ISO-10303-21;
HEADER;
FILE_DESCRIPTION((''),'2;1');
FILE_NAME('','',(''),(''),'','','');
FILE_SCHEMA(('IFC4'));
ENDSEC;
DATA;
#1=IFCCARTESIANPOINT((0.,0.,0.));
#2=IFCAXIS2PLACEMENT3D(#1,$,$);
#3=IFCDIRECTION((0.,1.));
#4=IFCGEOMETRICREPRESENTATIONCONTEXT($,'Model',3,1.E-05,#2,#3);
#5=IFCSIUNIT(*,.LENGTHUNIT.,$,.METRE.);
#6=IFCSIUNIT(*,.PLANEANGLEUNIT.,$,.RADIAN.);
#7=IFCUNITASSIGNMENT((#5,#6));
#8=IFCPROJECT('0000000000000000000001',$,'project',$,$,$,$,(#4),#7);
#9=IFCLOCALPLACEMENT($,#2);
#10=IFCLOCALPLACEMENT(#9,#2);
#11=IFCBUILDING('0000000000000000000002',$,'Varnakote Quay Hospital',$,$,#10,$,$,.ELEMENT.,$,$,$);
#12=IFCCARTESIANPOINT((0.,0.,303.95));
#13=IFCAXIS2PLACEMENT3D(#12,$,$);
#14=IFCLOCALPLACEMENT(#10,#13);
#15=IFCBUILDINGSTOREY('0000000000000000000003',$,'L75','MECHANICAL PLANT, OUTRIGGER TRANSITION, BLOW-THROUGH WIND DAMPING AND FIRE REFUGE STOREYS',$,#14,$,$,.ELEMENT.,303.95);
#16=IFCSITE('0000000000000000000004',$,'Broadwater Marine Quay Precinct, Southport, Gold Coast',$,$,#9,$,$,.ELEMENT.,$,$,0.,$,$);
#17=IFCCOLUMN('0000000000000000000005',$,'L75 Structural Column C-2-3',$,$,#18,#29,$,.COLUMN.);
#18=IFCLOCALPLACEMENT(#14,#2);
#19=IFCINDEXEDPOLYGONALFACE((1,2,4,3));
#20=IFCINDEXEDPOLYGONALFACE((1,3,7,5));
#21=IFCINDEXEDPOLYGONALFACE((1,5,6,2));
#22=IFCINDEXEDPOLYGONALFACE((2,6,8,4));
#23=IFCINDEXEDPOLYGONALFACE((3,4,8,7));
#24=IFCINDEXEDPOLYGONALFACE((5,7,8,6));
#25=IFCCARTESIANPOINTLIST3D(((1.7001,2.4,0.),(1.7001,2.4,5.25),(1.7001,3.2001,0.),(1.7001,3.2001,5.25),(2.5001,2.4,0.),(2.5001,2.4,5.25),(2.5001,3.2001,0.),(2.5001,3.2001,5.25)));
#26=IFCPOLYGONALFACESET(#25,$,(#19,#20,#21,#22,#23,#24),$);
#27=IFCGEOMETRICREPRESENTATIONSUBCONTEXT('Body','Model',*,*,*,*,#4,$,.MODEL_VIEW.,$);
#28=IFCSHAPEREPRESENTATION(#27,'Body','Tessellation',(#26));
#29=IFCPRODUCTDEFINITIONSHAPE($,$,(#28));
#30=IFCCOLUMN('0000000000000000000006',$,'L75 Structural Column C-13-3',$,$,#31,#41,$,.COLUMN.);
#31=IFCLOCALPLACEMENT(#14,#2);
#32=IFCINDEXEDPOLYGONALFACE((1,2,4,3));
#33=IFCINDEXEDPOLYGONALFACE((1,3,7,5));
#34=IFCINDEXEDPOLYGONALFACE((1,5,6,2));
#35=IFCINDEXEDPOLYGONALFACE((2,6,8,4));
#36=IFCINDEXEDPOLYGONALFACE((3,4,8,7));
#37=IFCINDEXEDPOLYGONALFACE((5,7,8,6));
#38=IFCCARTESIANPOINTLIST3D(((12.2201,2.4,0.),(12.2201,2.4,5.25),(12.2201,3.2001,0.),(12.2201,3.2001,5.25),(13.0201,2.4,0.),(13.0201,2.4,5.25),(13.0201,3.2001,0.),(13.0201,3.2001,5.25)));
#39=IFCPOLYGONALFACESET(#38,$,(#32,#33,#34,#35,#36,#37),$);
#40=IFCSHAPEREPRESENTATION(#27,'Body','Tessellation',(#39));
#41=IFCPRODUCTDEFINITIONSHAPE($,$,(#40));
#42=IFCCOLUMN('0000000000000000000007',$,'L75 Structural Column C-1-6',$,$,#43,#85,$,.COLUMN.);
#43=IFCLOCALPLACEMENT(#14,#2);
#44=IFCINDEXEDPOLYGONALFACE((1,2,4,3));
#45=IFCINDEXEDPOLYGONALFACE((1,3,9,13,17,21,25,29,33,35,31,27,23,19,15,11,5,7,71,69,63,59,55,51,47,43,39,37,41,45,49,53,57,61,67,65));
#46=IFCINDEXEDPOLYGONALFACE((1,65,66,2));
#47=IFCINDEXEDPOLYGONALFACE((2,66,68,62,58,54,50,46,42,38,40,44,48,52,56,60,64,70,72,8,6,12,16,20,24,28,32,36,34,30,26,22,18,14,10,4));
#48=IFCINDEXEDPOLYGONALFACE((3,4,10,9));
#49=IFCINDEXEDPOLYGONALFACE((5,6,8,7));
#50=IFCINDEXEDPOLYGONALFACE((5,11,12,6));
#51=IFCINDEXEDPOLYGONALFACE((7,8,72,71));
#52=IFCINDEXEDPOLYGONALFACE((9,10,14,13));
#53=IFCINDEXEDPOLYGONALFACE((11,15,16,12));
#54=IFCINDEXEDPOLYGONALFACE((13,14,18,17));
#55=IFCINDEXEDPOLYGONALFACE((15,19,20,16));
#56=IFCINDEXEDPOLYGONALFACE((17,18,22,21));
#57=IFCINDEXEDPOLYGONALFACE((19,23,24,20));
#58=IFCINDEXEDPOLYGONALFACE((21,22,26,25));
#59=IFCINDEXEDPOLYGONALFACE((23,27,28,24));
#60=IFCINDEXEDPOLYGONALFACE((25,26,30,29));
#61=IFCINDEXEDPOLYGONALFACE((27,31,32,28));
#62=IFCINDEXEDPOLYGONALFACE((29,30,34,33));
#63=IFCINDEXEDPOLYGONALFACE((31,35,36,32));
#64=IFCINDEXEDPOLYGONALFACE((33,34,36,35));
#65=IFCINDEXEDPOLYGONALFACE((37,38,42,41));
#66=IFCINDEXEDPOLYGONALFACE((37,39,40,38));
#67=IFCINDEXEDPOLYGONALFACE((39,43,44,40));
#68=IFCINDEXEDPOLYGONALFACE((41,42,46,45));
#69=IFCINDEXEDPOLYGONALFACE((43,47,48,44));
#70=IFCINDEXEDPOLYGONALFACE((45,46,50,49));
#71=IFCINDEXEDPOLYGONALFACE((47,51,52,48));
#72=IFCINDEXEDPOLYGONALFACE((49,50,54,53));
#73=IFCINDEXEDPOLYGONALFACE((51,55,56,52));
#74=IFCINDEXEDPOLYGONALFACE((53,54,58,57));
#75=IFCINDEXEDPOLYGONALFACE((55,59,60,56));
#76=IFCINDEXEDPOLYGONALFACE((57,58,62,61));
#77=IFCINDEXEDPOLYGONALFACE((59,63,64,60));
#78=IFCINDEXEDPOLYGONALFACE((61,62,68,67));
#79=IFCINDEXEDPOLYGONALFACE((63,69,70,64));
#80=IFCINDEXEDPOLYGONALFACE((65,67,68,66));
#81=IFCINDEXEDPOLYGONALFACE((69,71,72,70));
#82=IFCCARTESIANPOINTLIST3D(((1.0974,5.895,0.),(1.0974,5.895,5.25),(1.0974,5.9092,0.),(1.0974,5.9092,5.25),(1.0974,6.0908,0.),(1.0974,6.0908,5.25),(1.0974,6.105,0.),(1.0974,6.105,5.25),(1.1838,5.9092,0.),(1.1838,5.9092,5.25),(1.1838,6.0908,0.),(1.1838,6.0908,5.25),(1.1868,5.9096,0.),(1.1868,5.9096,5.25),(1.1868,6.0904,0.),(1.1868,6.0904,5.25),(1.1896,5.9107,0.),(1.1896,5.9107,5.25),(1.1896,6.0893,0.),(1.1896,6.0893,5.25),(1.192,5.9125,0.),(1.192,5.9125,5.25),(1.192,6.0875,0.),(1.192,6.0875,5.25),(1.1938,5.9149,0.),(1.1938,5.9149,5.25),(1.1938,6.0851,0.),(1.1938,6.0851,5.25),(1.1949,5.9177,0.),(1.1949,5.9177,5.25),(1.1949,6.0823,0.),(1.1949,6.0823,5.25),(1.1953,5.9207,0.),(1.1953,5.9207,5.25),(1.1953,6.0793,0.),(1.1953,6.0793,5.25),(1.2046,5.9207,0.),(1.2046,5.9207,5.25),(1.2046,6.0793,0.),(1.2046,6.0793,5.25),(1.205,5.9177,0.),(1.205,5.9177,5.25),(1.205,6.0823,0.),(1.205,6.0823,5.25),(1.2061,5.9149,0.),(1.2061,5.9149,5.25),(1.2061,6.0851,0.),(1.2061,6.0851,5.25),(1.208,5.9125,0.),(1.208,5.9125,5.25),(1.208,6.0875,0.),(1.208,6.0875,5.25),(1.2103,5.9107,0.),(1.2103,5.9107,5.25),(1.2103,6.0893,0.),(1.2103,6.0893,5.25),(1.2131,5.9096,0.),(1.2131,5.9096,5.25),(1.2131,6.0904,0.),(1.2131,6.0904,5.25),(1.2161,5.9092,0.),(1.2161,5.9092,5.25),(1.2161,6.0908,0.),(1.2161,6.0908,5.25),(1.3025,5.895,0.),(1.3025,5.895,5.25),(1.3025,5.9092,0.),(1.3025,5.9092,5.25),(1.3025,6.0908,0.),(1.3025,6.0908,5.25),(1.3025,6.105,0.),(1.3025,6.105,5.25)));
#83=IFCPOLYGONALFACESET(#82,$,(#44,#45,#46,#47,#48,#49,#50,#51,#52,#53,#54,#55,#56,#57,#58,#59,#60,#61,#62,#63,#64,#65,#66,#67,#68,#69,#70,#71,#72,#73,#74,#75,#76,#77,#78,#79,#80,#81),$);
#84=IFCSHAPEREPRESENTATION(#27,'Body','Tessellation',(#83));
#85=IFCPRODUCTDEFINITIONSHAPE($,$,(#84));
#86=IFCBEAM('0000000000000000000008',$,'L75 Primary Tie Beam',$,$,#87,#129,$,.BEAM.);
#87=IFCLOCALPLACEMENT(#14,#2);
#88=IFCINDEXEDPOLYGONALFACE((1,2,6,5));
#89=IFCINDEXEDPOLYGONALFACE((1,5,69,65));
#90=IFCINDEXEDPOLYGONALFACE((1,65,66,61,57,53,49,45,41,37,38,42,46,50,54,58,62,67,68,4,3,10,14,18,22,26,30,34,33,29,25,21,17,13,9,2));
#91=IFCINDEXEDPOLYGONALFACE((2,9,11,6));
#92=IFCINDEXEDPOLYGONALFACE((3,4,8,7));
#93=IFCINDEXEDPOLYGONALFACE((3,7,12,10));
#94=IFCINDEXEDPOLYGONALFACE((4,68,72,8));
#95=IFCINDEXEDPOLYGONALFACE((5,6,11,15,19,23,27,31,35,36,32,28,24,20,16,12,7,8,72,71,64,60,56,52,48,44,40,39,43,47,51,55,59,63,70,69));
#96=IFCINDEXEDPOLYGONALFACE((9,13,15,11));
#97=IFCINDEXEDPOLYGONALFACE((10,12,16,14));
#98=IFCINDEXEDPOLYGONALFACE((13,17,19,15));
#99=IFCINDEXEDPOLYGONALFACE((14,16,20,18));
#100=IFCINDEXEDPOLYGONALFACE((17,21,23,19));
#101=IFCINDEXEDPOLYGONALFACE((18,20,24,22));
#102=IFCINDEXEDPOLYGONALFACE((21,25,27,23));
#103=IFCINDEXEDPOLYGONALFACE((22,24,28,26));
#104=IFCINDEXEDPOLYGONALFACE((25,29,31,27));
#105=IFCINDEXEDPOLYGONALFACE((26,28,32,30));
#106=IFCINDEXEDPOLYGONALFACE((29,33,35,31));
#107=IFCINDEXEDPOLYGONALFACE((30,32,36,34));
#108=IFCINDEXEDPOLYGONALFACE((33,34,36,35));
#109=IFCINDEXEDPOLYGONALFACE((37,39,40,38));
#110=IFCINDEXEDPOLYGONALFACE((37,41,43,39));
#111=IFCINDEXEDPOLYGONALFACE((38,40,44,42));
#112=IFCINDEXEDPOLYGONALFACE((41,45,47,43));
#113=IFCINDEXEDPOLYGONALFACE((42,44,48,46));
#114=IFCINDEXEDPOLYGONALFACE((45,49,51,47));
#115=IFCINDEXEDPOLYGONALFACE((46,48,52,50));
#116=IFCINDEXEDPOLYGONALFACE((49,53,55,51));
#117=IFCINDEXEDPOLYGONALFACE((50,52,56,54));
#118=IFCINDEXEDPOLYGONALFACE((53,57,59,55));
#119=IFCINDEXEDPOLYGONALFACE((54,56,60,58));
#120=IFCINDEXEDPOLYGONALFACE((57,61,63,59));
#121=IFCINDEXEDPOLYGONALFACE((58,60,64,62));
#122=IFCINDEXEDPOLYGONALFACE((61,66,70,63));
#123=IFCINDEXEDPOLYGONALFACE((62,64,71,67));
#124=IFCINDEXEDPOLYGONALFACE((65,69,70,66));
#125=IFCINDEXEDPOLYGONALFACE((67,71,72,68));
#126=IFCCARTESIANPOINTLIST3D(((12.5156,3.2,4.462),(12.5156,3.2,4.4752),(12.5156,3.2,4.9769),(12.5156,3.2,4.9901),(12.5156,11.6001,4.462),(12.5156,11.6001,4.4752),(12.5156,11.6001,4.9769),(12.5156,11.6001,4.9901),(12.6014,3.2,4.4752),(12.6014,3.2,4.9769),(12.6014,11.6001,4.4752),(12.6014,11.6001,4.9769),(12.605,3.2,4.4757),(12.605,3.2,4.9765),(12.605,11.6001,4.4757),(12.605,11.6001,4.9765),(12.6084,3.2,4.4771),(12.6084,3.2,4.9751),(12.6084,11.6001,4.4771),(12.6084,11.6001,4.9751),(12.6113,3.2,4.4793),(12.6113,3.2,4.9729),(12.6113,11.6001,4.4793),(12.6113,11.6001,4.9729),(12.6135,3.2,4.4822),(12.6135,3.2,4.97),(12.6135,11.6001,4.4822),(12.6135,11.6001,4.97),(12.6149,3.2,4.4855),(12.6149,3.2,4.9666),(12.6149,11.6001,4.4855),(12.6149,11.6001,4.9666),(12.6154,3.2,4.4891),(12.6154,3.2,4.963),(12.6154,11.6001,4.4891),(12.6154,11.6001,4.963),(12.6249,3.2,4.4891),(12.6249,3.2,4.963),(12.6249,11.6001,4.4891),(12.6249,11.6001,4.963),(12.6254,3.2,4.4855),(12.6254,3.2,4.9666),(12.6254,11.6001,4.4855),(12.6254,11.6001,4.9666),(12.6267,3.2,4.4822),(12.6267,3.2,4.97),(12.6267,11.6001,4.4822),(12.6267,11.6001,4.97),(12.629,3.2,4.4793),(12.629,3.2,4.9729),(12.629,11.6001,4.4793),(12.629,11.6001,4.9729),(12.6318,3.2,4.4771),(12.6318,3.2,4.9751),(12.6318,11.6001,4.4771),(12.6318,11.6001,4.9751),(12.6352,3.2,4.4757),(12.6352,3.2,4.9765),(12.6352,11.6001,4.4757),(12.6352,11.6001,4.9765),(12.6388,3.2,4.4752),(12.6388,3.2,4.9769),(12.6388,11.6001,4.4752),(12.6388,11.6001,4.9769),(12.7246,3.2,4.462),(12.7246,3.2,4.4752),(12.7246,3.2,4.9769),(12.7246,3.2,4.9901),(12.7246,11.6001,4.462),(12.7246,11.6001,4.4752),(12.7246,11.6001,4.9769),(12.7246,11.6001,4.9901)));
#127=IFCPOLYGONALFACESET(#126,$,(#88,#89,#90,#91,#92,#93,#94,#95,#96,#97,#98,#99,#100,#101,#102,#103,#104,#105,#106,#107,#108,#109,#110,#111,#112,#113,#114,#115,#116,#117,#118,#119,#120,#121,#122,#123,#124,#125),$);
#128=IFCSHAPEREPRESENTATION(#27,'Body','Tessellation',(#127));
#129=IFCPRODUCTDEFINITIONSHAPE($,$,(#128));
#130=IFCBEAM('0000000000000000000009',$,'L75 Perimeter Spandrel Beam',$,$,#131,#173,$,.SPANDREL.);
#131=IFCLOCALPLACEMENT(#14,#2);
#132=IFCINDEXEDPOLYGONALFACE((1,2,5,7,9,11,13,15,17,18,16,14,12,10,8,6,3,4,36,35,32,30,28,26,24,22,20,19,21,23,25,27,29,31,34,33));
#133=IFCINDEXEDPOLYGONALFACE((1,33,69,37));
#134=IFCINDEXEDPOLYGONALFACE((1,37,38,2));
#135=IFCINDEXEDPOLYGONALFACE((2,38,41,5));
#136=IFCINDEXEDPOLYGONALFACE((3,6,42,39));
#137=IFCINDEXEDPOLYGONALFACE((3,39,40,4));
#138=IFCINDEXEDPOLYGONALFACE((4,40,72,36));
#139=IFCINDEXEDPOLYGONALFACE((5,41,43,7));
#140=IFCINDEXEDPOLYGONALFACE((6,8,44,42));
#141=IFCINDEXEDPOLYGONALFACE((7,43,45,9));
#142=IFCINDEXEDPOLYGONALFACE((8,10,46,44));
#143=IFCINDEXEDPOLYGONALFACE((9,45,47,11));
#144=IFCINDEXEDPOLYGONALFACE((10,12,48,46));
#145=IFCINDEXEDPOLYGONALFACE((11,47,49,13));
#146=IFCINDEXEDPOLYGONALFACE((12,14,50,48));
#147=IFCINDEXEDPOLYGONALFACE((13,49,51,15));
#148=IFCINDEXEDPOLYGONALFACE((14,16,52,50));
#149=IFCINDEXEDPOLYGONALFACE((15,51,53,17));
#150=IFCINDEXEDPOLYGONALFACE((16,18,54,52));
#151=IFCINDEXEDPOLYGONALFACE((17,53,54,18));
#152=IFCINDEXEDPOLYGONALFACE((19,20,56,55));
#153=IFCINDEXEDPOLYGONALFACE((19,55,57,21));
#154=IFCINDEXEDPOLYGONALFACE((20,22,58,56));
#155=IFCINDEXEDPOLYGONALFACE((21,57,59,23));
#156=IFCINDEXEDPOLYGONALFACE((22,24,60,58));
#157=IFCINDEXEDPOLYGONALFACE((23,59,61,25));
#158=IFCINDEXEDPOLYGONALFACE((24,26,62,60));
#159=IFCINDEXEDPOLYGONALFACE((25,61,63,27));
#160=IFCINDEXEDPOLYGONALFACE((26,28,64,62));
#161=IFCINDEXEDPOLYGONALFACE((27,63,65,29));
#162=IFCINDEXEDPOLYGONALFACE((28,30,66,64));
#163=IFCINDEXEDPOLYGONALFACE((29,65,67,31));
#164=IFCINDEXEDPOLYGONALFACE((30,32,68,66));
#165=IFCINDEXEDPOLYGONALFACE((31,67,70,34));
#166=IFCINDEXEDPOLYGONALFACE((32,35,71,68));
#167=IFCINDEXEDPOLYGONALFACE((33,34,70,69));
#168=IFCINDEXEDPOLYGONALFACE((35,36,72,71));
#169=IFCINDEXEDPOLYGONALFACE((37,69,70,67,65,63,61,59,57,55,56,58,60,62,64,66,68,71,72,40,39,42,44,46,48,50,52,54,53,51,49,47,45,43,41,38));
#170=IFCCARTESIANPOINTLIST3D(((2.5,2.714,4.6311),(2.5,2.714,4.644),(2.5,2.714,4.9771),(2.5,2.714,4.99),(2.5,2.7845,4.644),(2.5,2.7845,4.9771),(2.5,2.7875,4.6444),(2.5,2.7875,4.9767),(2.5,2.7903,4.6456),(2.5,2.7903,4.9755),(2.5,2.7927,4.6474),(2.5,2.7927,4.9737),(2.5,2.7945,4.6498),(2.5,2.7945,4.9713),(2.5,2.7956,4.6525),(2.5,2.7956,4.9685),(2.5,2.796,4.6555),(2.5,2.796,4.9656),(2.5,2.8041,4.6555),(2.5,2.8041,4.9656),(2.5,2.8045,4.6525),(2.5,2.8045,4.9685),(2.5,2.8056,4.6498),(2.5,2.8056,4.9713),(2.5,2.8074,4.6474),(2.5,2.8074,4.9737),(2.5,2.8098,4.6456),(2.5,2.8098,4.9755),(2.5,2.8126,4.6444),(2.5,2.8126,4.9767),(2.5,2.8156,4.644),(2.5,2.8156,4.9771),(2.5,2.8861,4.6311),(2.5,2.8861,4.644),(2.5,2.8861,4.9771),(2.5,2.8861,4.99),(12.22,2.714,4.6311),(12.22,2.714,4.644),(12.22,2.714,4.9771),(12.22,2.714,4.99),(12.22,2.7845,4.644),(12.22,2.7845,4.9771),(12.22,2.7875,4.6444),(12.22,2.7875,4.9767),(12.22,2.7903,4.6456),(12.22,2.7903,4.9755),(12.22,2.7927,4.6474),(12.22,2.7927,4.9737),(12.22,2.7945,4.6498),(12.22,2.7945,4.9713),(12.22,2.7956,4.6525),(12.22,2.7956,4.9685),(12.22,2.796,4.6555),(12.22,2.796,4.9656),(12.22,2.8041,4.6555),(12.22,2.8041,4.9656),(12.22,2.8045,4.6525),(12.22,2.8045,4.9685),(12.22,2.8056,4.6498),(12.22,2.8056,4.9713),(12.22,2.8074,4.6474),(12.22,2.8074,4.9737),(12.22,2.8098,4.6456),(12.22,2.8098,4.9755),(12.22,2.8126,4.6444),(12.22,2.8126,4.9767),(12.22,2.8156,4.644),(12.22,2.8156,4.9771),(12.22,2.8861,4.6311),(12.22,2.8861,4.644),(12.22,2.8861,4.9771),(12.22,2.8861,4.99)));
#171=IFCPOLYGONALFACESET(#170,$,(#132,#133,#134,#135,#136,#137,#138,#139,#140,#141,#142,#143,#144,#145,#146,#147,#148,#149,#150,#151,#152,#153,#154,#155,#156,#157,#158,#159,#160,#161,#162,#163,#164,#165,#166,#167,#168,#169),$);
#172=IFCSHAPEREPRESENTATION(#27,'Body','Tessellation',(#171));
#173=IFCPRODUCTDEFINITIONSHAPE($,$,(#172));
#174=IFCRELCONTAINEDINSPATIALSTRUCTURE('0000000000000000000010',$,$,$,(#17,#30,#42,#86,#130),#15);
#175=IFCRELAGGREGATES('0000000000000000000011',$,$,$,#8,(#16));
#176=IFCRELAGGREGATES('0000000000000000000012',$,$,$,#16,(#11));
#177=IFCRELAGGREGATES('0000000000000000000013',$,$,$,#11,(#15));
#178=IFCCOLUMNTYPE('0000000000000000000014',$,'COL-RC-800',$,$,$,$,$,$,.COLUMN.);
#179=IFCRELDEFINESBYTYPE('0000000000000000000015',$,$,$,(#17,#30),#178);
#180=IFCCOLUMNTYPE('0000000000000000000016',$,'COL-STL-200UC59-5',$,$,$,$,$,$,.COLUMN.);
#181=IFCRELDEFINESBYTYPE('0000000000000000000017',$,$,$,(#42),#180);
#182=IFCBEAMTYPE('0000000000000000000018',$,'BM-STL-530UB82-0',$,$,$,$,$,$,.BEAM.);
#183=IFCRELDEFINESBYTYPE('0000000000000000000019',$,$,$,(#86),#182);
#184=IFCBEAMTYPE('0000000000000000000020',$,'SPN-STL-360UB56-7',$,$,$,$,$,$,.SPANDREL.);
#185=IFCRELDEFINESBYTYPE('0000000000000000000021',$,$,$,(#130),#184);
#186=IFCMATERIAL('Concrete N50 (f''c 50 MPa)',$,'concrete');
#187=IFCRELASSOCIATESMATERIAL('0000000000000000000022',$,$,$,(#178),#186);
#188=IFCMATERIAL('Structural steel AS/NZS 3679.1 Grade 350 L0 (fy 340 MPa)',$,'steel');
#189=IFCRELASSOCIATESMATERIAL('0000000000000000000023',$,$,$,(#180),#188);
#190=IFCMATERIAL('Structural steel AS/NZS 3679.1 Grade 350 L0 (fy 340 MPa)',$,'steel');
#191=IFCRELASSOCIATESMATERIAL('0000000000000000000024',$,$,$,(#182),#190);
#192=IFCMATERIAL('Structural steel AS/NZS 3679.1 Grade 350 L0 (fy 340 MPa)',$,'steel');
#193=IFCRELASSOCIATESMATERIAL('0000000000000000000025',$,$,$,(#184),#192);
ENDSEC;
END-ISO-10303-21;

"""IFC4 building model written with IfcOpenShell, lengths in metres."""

from ifc_helpers import new_model, si_unit, direction, frame, origin, origin_2d, place, context, subcontext, project, spatial, rectangle, i_section, extrude, material, material_profile, profile_set, type_object, element, save


model = new_model("IFC4")

# Units and contexts
model_context = context("Model", 3, precision=1e-05, world=origin(), true_north=direction((0.0, 1.0)))
body_context = subcontext(model_context, "Body", "Model", "MODEL_VIEW")
ifc_project = project(units=[si_unit("LENGTHUNIT", "METRE"), si_unit("PLANEANGLEUNIT", "RADIAN")], contexts=[model_context])

# Site, building, storey
site_placement = place(None, origin())
site = spatial("IfcSite", under=ifc_project, at=site_placement, Name="Broadwater Marine Quay Precinct, Southport, Gold Coast", CompositionType="ELEMENT", RefElevation=0.0)
building_placement = place(site_placement, origin())
building = spatial("IfcBuilding", under=site, at=building_placement, Name="Varnakote Quay Hospital", CompositionType="ELEMENT")
storey_placement = place(building_placement, frame((0.0, 0.0, 303.95)))
storey = spatial("IfcBuildingStorey", under=building, at=storey_placement, Name="L75", Description="MECHANICAL PLANT, OUTRIGGER TRANSITION, BLOW-THROUGH WIND DAMPING AND FIRE REFUGE STOREYS", CompositionType="ELEMENT", Elevation=303.95)

# Columns
ifc_material_1 = material(Name="Concrete N50 (f'c 50 MPa)", Category="concrete")
ifc_material_profile_1 = material_profile(ifc_material_1, rectangle(XDim=0.8, YDim=0.8, at=origin_2d()), Name="RC-COL-800x800")
ifc_profile_set_1 = profile_set([ifc_material_profile_1], Name="Concrete N50 (f'c 50 MPa)")
column_type_1 = type_object("IfcColumnType", Name="COL-RC-800", PredefinedType="COLUMN", material=ifc_profile_set_1)
for number, where, z_axis, x_axis, name in (
    (1, (2.1001, 2.8, 0.0), (0.0, 0.0, 1.0), (1.0, 0.0, 0.0), "L75 Structural Column C-2-3"),
    (2, (12.6201, 2.8, 0.0), (0.0, 0.0, 1.0), (1.0, 0.0, 0.0), "L75 Structural Column C-13-3"),
):
    element("IfcColumn", number, at=place(storey_placement, frame(where, z_axis=z_axis, x_axis=x_axis)), inside=storey, type_object=column_type_1, Name=name, PredefinedType="COLUMN", context=body_context, shape_type="SweptSolid", body=[
        extrude(rectangle(XDim=0.8, YDim=0.8, at=origin_2d()), origin(), (0.0, 0.0, 1.0), 5.25),
    ])
ifc_material_2 = material(Name="Structural steel AS/NZS 3679.1 Grade 350 L0 (fy 340 MPa)", Category="steel")
ifc_material_profile_2 = material_profile(ifc_material_2, i_section(OverallWidth=0.2051, OverallDepth=0.21, WebThickness=0.0093, FlangeThickness=0.0142, FilletRadius=0.0115, at=origin_2d()), Name="200UC59.5")
ifc_profile_set_2 = profile_set([ifc_material_profile_2], Name="Structural steel AS/NZS 3679.1 Grade 350 L0 (fy 340 MPa)")
column_type_2 = type_object("IfcColumnType", Name="COL-STL-200UC59-5", PredefinedType="COLUMN", material=ifc_profile_set_2)
column_placement = place(storey_placement, frame((1.2, 6.0, 0.0), z_axis=(0.0, 0.0, 1.0), x_axis=(1.0, 0.0, 0.0)))
element("IfcColumn", 3, at=column_placement, inside=storey, type_object=column_type_2, Name="L75 Structural Column C-1-6", PredefinedType="COLUMN", context=body_context, shape_type="SweptSolid", body=[
    extrude(i_section(OverallWidth=0.2051, OverallDepth=0.21, WebThickness=0.0093, FlangeThickness=0.0142, FilletRadius=0.0115, at=origin_2d()), origin(), (0.0, 0.0, 1.0), 5.25),
])

# Beams
ifc_material_3 = material(Name="Structural steel AS/NZS 3679.1 Grade 350 L0 (fy 340 MPa)", Category="steel")
ifc_material_profile_3 = material_profile(ifc_material_3, i_section(OverallWidth=0.209, OverallDepth=0.5281, WebThickness=0.0095, FlangeThickness=0.0132, FilletRadius=0.0139, at=origin_2d()), Name="530UB82.0")
ifc_profile_set_3 = profile_set([ifc_material_profile_3], Name="Structural steel AS/NZS 3679.1 Grade 350 L0 (fy 340 MPa)")
beam_type_1 = type_object("IfcBeamType", Name="BM-STL-530UB82-0", PredefinedType="BEAM", material=ifc_profile_set_3)
beam_1_placement = place(storey_placement, frame((12.6201, 3.2, 4.7261), z_axis=(0.0, 1.0, 0.0), x_axis=(-1.0, 0.0, 0.0)))
element("IfcBeam", 4, at=beam_1_placement, inside=storey, type_object=beam_type_1, Name="L75 Primary Tie Beam", PredefinedType="BEAM", context=body_context, shape_type="SweptSolid", body=[
    extrude(i_section(OverallWidth=0.209, OverallDepth=0.5281, WebThickness=0.0095, FlangeThickness=0.0132, FilletRadius=0.0139, at=origin_2d()), origin(), (0.0, 0.0, 1.0), 8.4001),
])
ifc_material_4 = material(Name="Structural steel AS/NZS 3679.1 Grade 350 L0 (fy 340 MPa)", Category="steel")
ifc_material_profile_4 = material_profile(ifc_material_4, i_section(OverallWidth=0.1721, OverallDepth=0.3589, WebThickness=0.0081, FlangeThickness=0.0129, FilletRadius=0.0115, at=origin_2d()), Name="360UB56.7")
ifc_profile_set_4 = profile_set([ifc_material_profile_4], Name="Structural steel AS/NZS 3679.1 Grade 350 L0 (fy 340 MPa)")
beam_type_2 = type_object("IfcBeamType", Name="SPN-STL-360UB56-7", PredefinedType="SPANDREL", material=ifc_profile_set_4)
beam_2_placement = place(storey_placement, frame((2.5, 2.8, 4.8105), z_axis=(1.0, 0.0, 0.0), x_axis=(0.0, 1.0, 0.0)))
element("IfcBeam", 5, at=beam_2_placement, inside=storey, type_object=beam_type_2, Name="L75 Perimeter Spandrel Beam", PredefinedType="SPANDREL", context=body_context, shape_type="SweptSolid", body=[
    extrude(i_section(OverallWidth=0.1721, OverallDepth=0.3589, WebThickness=0.0081, FlangeThickness=0.0129, FilletRadius=0.0115, at=origin_2d()), origin(), (0.0, 0.0, 1.0), 9.72),
])

save(model, "model.ifc")
